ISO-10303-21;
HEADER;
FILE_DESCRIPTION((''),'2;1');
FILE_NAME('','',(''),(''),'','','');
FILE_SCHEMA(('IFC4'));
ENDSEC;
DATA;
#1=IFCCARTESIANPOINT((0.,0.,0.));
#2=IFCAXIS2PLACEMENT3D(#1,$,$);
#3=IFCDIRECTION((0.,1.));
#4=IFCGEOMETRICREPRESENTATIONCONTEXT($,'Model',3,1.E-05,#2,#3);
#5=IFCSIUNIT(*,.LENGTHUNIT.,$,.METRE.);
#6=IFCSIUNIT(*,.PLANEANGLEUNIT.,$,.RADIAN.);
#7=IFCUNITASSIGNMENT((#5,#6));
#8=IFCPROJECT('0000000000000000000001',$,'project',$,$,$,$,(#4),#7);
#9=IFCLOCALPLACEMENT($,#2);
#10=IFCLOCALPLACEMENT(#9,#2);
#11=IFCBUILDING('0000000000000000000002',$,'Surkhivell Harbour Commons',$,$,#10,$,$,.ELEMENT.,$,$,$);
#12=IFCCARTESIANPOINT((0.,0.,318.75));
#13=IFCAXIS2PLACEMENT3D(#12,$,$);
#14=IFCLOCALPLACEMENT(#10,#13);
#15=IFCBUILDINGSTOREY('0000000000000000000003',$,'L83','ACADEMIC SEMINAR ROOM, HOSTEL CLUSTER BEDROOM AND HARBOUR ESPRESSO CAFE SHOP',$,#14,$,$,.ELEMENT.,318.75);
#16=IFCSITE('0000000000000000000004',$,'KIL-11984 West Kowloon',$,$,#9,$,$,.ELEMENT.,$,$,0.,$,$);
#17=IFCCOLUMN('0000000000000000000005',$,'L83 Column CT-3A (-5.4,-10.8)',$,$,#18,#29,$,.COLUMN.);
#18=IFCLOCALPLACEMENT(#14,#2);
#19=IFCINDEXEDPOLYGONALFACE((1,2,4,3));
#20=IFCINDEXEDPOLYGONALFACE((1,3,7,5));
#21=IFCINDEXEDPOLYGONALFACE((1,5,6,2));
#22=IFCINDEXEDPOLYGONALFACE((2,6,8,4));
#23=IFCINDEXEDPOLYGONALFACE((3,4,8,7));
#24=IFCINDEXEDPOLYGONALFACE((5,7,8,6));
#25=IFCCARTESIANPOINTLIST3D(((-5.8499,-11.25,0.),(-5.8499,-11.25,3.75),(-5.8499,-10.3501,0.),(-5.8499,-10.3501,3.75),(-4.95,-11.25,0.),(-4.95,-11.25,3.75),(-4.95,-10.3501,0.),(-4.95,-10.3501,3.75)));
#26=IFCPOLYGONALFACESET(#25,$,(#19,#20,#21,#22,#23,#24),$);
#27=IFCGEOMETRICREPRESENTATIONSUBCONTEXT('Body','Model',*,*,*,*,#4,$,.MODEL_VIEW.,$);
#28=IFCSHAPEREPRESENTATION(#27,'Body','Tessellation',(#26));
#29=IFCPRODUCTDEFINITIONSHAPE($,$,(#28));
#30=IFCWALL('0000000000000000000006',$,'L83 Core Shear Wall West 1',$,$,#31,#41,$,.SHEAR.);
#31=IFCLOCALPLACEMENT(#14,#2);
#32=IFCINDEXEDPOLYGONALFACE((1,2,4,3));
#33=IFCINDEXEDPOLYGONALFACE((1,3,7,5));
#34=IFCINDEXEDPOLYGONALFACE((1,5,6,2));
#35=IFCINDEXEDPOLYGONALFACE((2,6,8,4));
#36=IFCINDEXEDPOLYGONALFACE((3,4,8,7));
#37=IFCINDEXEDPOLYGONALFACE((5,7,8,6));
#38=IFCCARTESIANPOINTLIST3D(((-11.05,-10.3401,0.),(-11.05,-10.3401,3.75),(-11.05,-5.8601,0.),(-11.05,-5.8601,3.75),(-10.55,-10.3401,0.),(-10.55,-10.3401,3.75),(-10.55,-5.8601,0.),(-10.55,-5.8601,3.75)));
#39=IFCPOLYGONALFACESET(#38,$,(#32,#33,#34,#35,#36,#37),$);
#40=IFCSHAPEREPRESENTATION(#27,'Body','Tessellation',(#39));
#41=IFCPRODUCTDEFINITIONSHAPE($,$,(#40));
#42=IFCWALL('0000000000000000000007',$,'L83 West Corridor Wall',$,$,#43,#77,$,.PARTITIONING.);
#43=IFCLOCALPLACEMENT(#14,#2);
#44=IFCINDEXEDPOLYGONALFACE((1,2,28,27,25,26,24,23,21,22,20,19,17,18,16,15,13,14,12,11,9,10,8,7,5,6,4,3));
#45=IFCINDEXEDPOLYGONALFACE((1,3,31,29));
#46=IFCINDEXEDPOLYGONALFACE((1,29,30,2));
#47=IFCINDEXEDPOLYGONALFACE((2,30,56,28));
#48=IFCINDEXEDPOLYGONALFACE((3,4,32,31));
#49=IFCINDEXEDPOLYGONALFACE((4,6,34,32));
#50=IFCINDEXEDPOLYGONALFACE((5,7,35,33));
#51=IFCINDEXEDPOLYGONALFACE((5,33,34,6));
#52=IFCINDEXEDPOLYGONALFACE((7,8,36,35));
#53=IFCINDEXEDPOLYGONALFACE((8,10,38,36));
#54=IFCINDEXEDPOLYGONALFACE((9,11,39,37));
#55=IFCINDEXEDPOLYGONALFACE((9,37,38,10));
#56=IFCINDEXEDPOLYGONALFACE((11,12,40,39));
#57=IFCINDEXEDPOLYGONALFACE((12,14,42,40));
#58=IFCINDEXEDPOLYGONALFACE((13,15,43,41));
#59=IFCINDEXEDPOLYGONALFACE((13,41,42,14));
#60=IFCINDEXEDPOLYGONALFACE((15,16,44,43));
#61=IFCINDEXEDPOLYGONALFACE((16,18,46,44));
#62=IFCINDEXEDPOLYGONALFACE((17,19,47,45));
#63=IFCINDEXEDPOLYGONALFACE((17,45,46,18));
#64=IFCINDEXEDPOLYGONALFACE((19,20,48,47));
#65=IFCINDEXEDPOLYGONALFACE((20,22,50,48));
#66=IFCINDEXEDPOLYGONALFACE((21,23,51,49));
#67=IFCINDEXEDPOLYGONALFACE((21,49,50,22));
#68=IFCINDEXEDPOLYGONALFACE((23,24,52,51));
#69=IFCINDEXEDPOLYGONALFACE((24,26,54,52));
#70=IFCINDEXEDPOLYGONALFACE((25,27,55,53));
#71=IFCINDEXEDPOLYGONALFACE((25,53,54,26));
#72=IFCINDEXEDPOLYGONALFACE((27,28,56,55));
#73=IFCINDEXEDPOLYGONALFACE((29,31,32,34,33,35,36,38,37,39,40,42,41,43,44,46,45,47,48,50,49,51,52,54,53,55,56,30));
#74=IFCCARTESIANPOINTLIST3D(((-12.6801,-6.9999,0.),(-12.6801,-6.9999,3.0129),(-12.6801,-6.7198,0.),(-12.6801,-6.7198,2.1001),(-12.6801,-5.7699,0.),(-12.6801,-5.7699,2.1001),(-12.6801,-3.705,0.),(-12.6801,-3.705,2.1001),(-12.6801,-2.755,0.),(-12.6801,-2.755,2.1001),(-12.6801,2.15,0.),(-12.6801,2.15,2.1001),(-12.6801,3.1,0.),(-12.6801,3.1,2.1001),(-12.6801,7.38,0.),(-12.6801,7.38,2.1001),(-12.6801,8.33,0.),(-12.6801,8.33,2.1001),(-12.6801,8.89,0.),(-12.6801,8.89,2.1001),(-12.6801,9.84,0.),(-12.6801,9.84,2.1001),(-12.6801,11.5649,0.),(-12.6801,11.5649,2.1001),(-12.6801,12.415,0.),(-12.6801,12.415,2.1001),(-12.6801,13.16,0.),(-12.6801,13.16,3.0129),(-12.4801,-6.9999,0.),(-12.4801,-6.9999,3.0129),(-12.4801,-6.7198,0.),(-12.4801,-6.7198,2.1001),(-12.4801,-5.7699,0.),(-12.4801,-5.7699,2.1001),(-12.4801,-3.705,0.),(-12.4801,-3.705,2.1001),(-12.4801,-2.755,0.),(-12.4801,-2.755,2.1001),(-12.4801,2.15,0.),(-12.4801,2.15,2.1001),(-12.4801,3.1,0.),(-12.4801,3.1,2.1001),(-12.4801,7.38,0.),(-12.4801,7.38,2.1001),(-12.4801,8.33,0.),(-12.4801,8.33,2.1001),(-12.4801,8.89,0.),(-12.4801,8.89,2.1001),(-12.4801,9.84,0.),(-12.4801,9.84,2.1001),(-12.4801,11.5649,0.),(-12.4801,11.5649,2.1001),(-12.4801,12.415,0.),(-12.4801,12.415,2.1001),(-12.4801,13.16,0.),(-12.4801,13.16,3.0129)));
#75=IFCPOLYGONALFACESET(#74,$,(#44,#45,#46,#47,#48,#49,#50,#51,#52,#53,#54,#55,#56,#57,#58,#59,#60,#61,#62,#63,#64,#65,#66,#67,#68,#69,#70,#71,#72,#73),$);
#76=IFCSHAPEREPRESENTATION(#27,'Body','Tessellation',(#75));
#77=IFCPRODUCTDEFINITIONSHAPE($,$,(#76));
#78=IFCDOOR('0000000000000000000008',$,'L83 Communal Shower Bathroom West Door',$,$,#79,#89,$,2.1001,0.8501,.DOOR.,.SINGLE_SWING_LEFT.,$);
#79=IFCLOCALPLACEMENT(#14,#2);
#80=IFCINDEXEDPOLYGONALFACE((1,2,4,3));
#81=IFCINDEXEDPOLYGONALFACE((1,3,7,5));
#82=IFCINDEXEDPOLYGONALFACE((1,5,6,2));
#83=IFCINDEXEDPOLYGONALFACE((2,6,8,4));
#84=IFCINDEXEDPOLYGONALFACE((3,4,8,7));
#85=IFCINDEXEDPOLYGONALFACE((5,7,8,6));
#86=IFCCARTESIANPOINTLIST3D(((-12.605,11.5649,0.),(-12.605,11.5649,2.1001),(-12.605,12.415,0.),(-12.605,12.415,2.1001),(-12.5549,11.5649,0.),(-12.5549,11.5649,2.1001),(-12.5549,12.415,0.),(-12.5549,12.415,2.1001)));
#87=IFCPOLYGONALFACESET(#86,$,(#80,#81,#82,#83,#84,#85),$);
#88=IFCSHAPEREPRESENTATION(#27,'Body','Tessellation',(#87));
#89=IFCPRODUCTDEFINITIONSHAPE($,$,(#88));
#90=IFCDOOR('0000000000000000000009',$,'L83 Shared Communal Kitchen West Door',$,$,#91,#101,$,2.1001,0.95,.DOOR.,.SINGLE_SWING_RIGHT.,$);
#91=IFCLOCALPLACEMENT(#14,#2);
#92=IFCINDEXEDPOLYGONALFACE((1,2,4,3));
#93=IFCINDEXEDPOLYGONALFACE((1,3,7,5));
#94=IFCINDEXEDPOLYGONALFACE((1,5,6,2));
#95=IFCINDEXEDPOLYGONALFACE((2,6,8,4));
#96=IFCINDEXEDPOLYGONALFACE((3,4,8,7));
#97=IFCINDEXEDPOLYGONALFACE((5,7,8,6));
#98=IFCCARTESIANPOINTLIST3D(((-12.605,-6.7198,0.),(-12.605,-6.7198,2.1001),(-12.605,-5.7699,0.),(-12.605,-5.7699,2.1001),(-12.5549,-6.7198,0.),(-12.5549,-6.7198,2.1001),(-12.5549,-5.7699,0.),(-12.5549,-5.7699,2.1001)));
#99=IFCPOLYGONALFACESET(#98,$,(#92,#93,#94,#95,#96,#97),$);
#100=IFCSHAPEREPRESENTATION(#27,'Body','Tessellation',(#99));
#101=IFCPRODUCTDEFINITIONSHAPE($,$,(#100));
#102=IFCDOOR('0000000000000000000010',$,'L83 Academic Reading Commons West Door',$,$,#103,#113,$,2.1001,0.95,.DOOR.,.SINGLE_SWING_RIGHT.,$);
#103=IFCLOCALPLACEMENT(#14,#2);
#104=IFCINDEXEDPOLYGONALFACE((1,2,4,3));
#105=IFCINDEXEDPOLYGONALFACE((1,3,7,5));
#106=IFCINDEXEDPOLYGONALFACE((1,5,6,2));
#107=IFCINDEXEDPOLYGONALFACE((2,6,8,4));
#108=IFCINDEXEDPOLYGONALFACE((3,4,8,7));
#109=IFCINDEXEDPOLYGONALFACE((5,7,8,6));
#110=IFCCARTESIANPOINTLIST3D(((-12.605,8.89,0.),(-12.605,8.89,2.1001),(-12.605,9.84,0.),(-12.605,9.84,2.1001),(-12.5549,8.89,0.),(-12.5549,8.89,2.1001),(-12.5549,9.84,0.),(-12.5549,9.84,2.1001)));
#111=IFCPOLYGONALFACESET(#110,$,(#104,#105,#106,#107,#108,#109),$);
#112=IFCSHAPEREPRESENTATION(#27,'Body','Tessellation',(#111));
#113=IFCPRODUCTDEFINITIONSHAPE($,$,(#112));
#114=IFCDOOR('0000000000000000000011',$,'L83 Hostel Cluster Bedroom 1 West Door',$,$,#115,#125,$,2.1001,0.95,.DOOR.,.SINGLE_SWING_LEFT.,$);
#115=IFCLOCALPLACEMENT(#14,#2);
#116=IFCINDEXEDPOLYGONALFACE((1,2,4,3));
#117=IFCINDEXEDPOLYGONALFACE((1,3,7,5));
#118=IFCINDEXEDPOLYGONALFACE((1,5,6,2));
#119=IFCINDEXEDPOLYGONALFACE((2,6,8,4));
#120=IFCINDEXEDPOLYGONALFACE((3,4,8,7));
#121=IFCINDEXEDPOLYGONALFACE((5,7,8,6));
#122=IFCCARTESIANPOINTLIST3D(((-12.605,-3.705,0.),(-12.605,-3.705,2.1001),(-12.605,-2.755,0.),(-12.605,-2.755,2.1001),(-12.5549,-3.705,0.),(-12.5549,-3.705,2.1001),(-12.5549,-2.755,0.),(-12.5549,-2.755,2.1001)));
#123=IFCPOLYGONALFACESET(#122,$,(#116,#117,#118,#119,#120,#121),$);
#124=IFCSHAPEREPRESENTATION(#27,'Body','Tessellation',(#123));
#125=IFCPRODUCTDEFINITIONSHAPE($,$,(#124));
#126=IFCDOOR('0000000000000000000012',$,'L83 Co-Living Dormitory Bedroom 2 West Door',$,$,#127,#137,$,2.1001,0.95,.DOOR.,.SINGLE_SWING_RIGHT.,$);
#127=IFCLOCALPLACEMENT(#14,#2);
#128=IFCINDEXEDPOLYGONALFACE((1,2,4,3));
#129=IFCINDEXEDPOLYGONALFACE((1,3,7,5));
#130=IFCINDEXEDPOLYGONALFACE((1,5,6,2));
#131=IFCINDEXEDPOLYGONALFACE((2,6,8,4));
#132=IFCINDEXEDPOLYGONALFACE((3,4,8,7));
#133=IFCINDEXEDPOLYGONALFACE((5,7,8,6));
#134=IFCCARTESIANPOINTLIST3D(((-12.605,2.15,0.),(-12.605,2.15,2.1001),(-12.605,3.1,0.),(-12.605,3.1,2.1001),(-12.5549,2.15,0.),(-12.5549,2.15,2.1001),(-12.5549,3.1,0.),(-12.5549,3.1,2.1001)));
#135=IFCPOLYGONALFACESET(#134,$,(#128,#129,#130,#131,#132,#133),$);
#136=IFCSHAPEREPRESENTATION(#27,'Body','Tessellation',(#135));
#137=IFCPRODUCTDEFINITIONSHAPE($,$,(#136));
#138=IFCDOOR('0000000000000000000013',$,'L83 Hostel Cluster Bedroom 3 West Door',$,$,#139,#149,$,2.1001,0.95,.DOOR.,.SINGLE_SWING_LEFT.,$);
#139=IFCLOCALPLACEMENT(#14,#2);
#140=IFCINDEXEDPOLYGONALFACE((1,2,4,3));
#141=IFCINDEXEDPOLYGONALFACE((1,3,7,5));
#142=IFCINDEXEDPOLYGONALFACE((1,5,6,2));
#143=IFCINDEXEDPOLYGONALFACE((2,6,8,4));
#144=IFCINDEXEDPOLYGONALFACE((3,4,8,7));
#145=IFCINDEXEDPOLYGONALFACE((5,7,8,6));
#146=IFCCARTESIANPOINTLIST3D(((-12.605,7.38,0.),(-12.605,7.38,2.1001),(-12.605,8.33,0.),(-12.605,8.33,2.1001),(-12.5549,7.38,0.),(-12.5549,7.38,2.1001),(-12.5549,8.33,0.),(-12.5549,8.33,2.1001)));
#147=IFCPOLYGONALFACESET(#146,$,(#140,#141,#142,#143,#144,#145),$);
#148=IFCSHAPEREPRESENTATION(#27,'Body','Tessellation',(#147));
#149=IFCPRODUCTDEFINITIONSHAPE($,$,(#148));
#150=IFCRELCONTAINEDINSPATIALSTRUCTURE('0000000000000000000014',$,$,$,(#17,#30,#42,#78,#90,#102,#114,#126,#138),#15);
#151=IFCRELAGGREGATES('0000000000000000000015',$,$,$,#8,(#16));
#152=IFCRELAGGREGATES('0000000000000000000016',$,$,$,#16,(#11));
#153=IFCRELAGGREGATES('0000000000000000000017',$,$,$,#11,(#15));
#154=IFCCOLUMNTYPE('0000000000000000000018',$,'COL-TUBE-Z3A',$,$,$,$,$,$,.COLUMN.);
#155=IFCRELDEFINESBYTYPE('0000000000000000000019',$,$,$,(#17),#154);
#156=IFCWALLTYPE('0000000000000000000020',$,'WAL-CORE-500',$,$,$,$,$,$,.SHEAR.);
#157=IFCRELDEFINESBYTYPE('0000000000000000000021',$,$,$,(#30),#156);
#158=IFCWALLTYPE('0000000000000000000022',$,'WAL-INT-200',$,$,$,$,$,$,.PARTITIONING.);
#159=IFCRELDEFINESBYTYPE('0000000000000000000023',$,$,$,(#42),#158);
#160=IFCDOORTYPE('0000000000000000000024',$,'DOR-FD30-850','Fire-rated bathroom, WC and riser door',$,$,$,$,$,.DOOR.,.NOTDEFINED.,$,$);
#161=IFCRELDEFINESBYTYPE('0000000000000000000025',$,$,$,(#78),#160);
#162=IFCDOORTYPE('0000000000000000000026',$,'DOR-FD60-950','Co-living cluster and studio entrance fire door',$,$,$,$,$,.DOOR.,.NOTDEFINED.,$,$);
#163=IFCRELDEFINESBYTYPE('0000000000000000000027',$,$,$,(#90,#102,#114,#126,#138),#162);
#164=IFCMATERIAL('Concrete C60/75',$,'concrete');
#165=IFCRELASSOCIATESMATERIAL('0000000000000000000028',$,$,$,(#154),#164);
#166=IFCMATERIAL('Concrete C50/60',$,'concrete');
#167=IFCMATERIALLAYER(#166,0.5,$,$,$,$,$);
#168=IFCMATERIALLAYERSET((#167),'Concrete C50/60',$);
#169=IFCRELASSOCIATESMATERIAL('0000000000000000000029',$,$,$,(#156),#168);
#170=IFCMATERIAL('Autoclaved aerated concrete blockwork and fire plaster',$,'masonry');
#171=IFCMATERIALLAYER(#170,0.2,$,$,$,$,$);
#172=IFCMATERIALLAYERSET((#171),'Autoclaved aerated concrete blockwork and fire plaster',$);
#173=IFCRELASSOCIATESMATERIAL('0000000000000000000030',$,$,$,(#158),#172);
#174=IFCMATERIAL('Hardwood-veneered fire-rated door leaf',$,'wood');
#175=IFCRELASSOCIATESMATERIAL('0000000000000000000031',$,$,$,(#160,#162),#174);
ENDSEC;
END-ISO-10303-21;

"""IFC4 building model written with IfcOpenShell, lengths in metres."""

from ifc_helpers import new_model, si_unit, direction, frame, frame_2d, origin, origin_2d, place, context, subcontext, project, spatial, rectangle, extrude, material, layer, layer_set, material_profile, profile_set, type_object, element, fill, save


model = new_model("IFC4")

# Units and contexts
model_context = context("Model", 3, precision=1e-05, world=origin(), true_north=direction((0.0, 1.0)))
body_context = subcontext(model_context, "Body", "Model", "MODEL_VIEW")
ifc_project = project(units=[si_unit("LENGTHUNIT", "METRE"), si_unit("PLANEANGLEUNIT", "RADIAN")], contexts=[model_context])

# Site, building, storey
site_placement = place(None, origin())
site = spatial("IfcSite", under=ifc_project, at=site_placement, Name="KIL-11984 West Kowloon", CompositionType="ELEMENT", RefElevation=0.0)
building_placement = place(site_placement, origin())
building = spatial("IfcBuilding", under=site, at=building_placement, Name="Surkhivell Harbour Commons", CompositionType="ELEMENT")
storey_placement = place(building_placement, frame((0.0, 0.0, 318.75)))
storey = spatial("IfcBuildingStorey", under=building, at=storey_placement, Name="L83", Description="ACADEMIC SEMINAR ROOM, HOSTEL CLUSTER BEDROOM AND HARBOUR ESPRESSO CAFE SHOP", CompositionType="ELEMENT", Elevation=318.75)

# Column
ifc_material_1 = material(Name="Concrete C60/75", Category="concrete")
ifc_material_profile = material_profile(ifc_material_1, rectangle(XDim=0.8999, YDim=0.8999, at=origin_2d()), Name="RC-COL-900x900")
ifc_profile_set = profile_set([ifc_material_profile], Name="Concrete C60/75")
column_type = type_object("IfcColumnType", Name="COL-TUBE-Z3A", PredefinedType="COLUMN", material=ifc_profile_set)
column_placement = place(storey_placement, frame((-5.3999, -10.8, 0.0), z_axis=(0.0, 0.0, 1.0), x_axis=(1.0, 0.0, 0.0)))
element("IfcColumn", 1, at=column_placement, inside=storey, type_object=column_type, Name="L83 Column CT-3A (-5.4,-10.8)", PredefinedType="COLUMN", context=body_context, shape_type="SweptSolid", body=[
    extrude(rectangle(XDim=0.8999, YDim=0.8999, at=origin_2d()), origin(), (0.0, 0.0, 1.0), 3.75),
])

# Wall
ifc_material_2 = material(Name="Concrete C50/60", Category="concrete")
ifc_layer_1 = layer(ifc_material_2, 0.5)
ifc_layer_set_1 = layer_set([ifc_layer_1], Name="Concrete C50/60")
wall_type_1 = type_object("IfcWallType", Name="WAL-CORE-500", PredefinedType="SHEAR", material=ifc_layer_set_1)
wall_1_placement = place(storey_placement, frame((-10.8, -10.3401, 0.0), z_axis=(0.0, 0.0, 1.0), x_axis=(0.0, 1.0, 0.0)))
element("IfcWall", 2, at=wall_1_placement, inside=storey, type_object=wall_type_1, Name="L83 Core Shear Wall West 1", PredefinedType="SHEAR", context=body_context, shape_type="SweptSolid", body=[
    extrude(rectangle(XDim=4.48, YDim=0.5, at=frame_2d((2.24, 0.0))), origin(), (0.0, 0.0, 1.0), 3.75),
])

# Wall, openings, doors
ifc_material_3 = material(Name="Autoclaved aerated concrete blockwork and fire plaster", Category="masonry")
ifc_layer_2 = layer(ifc_material_3, 0.2)
ifc_layer_set_2 = layer_set([ifc_layer_2], Name="Autoclaved aerated concrete blockwork and fire plaster")
wall_type_2 = type_object("IfcWallType", Name="WAL-INT-200", PredefinedType="PARTITIONING", material=ifc_layer_set_2)
wall_2_placement = place(storey_placement, frame((-12.5801, -7.0, 0.0), z_axis=(0.0, 0.0, 1.0), x_axis=(0.0, 1.0, 0.0)))
wall_2 = element("IfcWall", 3, at=wall_2_placement, inside=storey, type_object=wall_type_2, Name="L83 West Corridor Wall", PredefinedType="PARTITIONING", context=body_context, shape_type="SweptSolid", body=[
    extrude(rectangle(XDim=20.1599, YDim=0.2, at=frame_2d((10.0801, 0.0))), origin(), (0.0, 0.0, 1.0), 3.0129),
])
opening_1_placement = place(wall_2_placement, frame((0.28, 0.0, 0.0)))
opening_1 = element("IfcOpeningElement", 4, at=opening_1_placement, cuts=wall_2, PredefinedType="OPENING", context=body_context, shape_type="SweptSolid", body=[
    extrude(rectangle(XDim=0.95, YDim=2.1001, at=frame_2d((0.4751, 1.05))), frame((0.0, 0.1099, 0.0), z_axis=(0.0, -1.0, 0.0), x_axis=(1.0, 0.0, 0.0)), (0.0, 0.0, 1.0), 0.22),
])
opening_2_placement = place(wall_2_placement, frame((18.5649, 0.0, 0.0)))
opening_2 = element("IfcOpeningElement", 5, at=opening_2_placement, cuts=wall_2, PredefinedType="OPENING", context=body_context, shape_type="SweptSolid", body=[
    extrude(rectangle(XDim=0.8501, YDim=2.1001, at=frame_2d((0.425, 1.05))), frame((0.0, 0.1099, 0.0), z_axis=(0.0, -1.0, 0.0), x_axis=(1.0, 0.0, 0.0)), (0.0, 0.0, 1.0), 0.22),
])
opening_3_placement = place(wall_2_placement, frame((15.8899, 0.0, 0.0)))
opening_3 = element("IfcOpeningElement", 6, at=opening_3_placement, cuts=wall_2, PredefinedType="OPENING", context=body_context, shape_type="SweptSolid", body=[
    extrude(rectangle(XDim=0.95, YDim=2.1001, at=frame_2d((0.4751, 1.05))), frame((0.0, 0.1099, 0.0), z_axis=(0.0, -1.0, 0.0), x_axis=(1.0, 0.0, 0.0)), (0.0, 0.0, 1.0), 0.22),
])
opening_4_placement = place(wall_2_placement, frame((3.2949, 0.0, 0.0)))
opening_4 = element("IfcOpeningElement", 7, at=opening_4_placement, cuts=wall_2, PredefinedType="OPENING", context=body_context, shape_type="SweptSolid", body=[
    extrude(rectangle(XDim=0.95, YDim=2.1001, at=frame_2d((0.4751, 1.05))), frame((0.0, 0.1099, 0.0), z_axis=(0.0, -1.0, 0.0), x_axis=(1.0, 0.0, 0.0)), (0.0, 0.0, 1.0), 0.22),
])
opening_5_placement = place(wall_2_placement, frame((9.1499, 0.0, 0.0)))
opening_5 = element("IfcOpeningElement", 8, at=opening_5_placement, cuts=wall_2, PredefinedType="OPENING", context=body_context, shape_type="SweptSolid", body=[
    extrude(rectangle(XDim=0.95, YDim=2.1001, at=frame_2d((0.4751, 1.05))), frame((0.0, 0.1099, 0.0), z_axis=(0.0, -1.0, 0.0), x_axis=(1.0, 0.0, 0.0)), (0.0, 0.0, 1.0), 0.22),
])
opening_6_placement = place(wall_2_placement, frame((14.3799, 0.0, 0.0)))
opening_6 = element("IfcOpeningElement", 9, at=opening_6_placement, cuts=wall_2, PredefinedType="OPENING", context=body_context, shape_type="SweptSolid", body=[
    extrude(rectangle(XDim=0.95, YDim=2.1001, at=frame_2d((0.4751, 1.05))), frame((0.0, 0.1099, 0.0), z_axis=(0.0, -1.0, 0.0), x_axis=(1.0, 0.0, 0.0)), (0.0, 0.0, 1.0), 0.22),
])
ifc_material_4 = material(Name="Hardwood-veneered fire-rated door leaf", Category="wood")
door_type_1 = type_object("IfcDoorType", Name="DOR-FD30-850", Description="Fire-rated bathroom, WC and riser door", OperationType="NOTDEFINED", PredefinedType="DOOR", material=ifc_material_4)
door_1_placement = place(opening_2_placement, origin())
door_1 = element("IfcDoor", 10, at=door_1_placement, inside=storey, type_object=door_type_1, Name="L83 Communal Shower Bathroom West Door", OperationType="SINGLE_SWING_LEFT", OverallHeight=2.1001, OverallWidth=0.8501, PredefinedType="DOOR", context=body_context, shape_type="SweptSolid", body=[
    extrude(rectangle(XDim=0.8501, YDim=2.1001, at=frame_2d((0.425, 1.05))), frame((0.0, 0.0249, 0.0), z_axis=(0.0, -1.0, 0.0), x_axis=(1.0, 0.0, 0.0)), (0.0, 0.0, 1.0), 0.05),
])
fill(opening_2, door_1)
door_type_2 = type_object("IfcDoorType", Name="DOR-FD60-950", Description="Co-living cluster and studio entrance fire door", OperationType="NOTDEFINED", PredefinedType="DOOR", material=ifc_material_4)
door_2_placement = place(opening_1_placement, origin())
door_2 = element("IfcDoor", 11, at=door_2_placement, inside=storey, type_object=door_type_2, Name="L83 Shared Communal Kitchen West Door", OperationType="SINGLE_SWING_RIGHT", OverallHeight=2.1001, OverallWidth=0.95, PredefinedType="DOOR", context=body_context, shape_type="SweptSolid", body=[
    extrude(rectangle(XDim=0.95, YDim=2.1001, at=frame_2d((0.4751, 1.05))), frame((0.0, 0.0249, 0.0), z_axis=(0.0, -1.0, 0.0), x_axis=(1.0, 0.0, 0.0)), (0.0, 0.0, 1.0), 0.05),
])
fill(opening_1, door_2)
door_3_placement = place(opening_3_placement, origin())
door_3 = element("IfcDoor", 12, at=door_3_placement, inside=storey, type_object=door_type_2, Name="L83 Academic Reading Commons West Door", OperationType="SINGLE_SWING_RIGHT", OverallHeight=2.1001, OverallWidth=0.95, PredefinedType="DOOR", context=body_context, shape_type="SweptSolid", body=[
    extrude(rectangle(XDim=0.95, YDim=2.1001, at=frame_2d((0.4751, 1.05))), frame((0.0, 0.0249, 0.0), z_axis=(0.0, -1.0, 0.0), x_axis=(1.0, 0.0, 0.0)), (0.0, 0.0, 1.0), 0.05),
])
fill(opening_3, door_3)
door_4_placement = place(opening_4_placement, origin())
door_4 = element("IfcDoor", 13, at=door_4_placement, inside=storey, type_object=door_type_2, Name="L83 Hostel Cluster Bedroom 1 West Door", OperationType="SINGLE_SWING_LEFT", OverallHeight=2.1001, OverallWidth=0.95, PredefinedType="DOOR", context=body_context, shape_type="SweptSolid", body=[
    extrude(rectangle(XDim=0.95, YDim=2.1001, at=frame_2d((0.4751, 1.05))), frame((0.0, 0.0249, 0.0), z_axis=(0.0, -1.0, 0.0), x_axis=(1.0, 0.0, 0.0)), (0.0, 0.0, 1.0), 0.05),
])
fill(opening_4, door_4)
door_5_placement = place(opening_5_placement, origin())
door_5 = element("IfcDoor", 14, at=door_5_placement, inside=storey, type_object=door_type_2, Name="L83 Co-Living Dormitory Bedroom 2 West Door", OperationType="SINGLE_SWING_RIGHT", OverallHeight=2.1001, OverallWidth=0.95, PredefinedType="DOOR", context=body_context, shape_type="SweptSolid", body=[
    extrude(rectangle(XDim=0.95, YDim=2.1001, at=frame_2d((0.4751, 1.05))), frame((0.0, 0.0249, 0.0), z_axis=(0.0, -1.0, 0.0), x_axis=(1.0, 0.0, 0.0)), (0.0, 0.0, 1.0), 0.05),
])
fill(opening_5, door_5)
door_6_placement = place(opening_6_placement, origin())
door_6 = element("IfcDoor", 15, at=door_6_placement, inside=storey, type_object=door_type_2, Name="L83 Hostel Cluster Bedroom 3 West Door", OperationType="SINGLE_SWING_LEFT", OverallHeight=2.1001, OverallWidth=0.95, PredefinedType="DOOR", context=body_context, shape_type="SweptSolid", body=[
    extrude(rectangle(XDim=0.95, YDim=2.1001, at=frame_2d((0.4751, 1.05))), frame((0.0, 0.0249, 0.0), z_axis=(0.0, -1.0, 0.0), x_axis=(1.0, 0.0, 0.0)), (0.0, 0.0, 1.0), 0.05),
])
fill(opening_6, door_6)

save(model, "model.ifc")
